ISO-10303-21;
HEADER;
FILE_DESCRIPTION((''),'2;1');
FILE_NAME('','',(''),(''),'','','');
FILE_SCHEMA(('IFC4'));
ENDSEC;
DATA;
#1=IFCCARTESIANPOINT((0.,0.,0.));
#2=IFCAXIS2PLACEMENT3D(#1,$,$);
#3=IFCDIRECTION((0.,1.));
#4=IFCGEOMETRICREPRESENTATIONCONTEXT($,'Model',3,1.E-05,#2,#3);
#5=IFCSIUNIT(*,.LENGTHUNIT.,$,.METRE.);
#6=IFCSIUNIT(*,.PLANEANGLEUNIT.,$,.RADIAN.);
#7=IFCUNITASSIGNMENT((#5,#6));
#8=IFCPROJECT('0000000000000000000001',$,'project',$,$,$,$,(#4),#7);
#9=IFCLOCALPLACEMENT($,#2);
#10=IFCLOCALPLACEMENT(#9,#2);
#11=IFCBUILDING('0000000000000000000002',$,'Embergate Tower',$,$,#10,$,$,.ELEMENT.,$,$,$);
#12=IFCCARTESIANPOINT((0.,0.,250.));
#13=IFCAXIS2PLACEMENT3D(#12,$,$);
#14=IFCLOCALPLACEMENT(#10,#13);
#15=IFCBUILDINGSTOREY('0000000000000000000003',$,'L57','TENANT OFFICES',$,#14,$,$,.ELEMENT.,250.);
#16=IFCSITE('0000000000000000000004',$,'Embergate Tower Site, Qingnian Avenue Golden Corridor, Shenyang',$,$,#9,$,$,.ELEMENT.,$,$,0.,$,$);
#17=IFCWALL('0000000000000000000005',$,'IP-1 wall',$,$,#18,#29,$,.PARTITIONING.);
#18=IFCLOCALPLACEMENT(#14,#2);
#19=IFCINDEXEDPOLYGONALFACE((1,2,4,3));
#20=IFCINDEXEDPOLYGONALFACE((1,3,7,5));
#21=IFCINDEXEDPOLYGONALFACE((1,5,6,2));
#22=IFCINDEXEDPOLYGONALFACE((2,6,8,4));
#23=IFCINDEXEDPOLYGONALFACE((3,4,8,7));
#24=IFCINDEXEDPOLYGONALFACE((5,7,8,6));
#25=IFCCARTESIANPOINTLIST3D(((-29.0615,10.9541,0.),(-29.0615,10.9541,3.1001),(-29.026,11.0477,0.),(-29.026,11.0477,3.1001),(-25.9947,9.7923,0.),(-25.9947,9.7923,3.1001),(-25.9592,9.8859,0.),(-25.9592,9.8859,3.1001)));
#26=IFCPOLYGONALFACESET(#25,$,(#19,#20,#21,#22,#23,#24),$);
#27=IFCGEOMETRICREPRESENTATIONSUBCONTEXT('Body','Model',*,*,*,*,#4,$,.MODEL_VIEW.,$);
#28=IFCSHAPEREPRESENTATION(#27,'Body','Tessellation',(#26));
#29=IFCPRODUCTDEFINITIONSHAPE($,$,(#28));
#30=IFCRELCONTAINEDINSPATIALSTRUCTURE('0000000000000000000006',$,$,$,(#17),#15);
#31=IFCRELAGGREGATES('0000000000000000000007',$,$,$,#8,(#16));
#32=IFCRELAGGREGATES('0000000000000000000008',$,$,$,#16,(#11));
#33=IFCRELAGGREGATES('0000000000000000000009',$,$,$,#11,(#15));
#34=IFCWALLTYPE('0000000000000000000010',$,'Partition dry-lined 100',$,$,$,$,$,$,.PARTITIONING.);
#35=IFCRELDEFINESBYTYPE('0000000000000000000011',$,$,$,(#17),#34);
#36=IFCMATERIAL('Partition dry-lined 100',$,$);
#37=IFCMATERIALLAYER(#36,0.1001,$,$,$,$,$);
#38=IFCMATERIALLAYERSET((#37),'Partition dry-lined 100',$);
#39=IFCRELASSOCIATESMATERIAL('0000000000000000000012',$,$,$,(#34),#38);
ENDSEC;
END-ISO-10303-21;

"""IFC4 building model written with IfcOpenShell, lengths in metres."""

from ifc_helpers import new_model, si_unit, direction, frame, frame_2d, origin, place, context, subcontext, project, spatial, rectangle, extrude, source, transform, mapped, material, layer, layer_set, type_object, element, save


model = new_model("IFC4")

# Units and contexts
model_context = context("Model", 3, precision=1e-05, world=origin(), true_north=direction((0.0, 1.0)))
body_context = subcontext(model_context, "Body", "Model", "MODEL_VIEW")
ifc_project = project(units=[si_unit("LENGTHUNIT", "METRE"), si_unit("PLANEANGLEUNIT", "RADIAN")], contexts=[model_context])

# Site, building, storey
site_placement = place(None, origin())
site = spatial("IfcSite", under=ifc_project, at=site_placement, Name="Embergate Tower Site, Qingnian Avenue Golden Corridor, Shenyang", CompositionType="ELEMENT", RefElevation=0.0)
building_placement = place(site_placement, origin())
building = spatial("IfcBuilding", under=site, at=building_placement, Name="Embergate Tower", CompositionType="ELEMENT")
storey_placement = place(building_placement, frame((0.0, 0.0, 250.0)))
storey = spatial("IfcBuildingStorey", under=building, at=storey_placement, Name="L57", Description="TENANT OFFICES", CompositionType="ELEMENT", Elevation=250.0)

# Wall
ifc_material_1 = material(Name="Partition dry-lined 100")
ifc_layer_1 = layer(ifc_material_1, 0.1001)
ifc_layer_set_1 = layer_set([ifc_layer_1], Name="Partition dry-lined 100")
wall_type_1 = type_object("IfcWallType", Name="Partition dry-lined 100", PredefinedType="PARTITIONING", material=ifc_layer_set_1)
shared_shape_1 = source(origin(), body_context, "Body", "SweptSolid", [
    extrude(rectangle(XDim=3.2795, YDim=0.1001, at=frame_2d((1.6396, 0.0))), origin(), (0.0, 0.0, 1.0), 3.1001),
])
wall_1_placement = place(storey_placement, frame((-25.9771, 9.8391, 0.0), z_axis=(0.0, 0.0, 1.0), x_axis=(-0.935143, 0.35427, 0.0)))
element("IfcWall", 1, at=wall_1_placement, inside=storey, type_object=wall_type_1, Name="IP-1 wall", PredefinedType="PARTITIONING", context=body_context, shape_type="MappedRepresentation", body=[
    mapped(shared_shape_1, transform((0.0, 0.0, 0.0))),
])

save(model, "model.ifc")
